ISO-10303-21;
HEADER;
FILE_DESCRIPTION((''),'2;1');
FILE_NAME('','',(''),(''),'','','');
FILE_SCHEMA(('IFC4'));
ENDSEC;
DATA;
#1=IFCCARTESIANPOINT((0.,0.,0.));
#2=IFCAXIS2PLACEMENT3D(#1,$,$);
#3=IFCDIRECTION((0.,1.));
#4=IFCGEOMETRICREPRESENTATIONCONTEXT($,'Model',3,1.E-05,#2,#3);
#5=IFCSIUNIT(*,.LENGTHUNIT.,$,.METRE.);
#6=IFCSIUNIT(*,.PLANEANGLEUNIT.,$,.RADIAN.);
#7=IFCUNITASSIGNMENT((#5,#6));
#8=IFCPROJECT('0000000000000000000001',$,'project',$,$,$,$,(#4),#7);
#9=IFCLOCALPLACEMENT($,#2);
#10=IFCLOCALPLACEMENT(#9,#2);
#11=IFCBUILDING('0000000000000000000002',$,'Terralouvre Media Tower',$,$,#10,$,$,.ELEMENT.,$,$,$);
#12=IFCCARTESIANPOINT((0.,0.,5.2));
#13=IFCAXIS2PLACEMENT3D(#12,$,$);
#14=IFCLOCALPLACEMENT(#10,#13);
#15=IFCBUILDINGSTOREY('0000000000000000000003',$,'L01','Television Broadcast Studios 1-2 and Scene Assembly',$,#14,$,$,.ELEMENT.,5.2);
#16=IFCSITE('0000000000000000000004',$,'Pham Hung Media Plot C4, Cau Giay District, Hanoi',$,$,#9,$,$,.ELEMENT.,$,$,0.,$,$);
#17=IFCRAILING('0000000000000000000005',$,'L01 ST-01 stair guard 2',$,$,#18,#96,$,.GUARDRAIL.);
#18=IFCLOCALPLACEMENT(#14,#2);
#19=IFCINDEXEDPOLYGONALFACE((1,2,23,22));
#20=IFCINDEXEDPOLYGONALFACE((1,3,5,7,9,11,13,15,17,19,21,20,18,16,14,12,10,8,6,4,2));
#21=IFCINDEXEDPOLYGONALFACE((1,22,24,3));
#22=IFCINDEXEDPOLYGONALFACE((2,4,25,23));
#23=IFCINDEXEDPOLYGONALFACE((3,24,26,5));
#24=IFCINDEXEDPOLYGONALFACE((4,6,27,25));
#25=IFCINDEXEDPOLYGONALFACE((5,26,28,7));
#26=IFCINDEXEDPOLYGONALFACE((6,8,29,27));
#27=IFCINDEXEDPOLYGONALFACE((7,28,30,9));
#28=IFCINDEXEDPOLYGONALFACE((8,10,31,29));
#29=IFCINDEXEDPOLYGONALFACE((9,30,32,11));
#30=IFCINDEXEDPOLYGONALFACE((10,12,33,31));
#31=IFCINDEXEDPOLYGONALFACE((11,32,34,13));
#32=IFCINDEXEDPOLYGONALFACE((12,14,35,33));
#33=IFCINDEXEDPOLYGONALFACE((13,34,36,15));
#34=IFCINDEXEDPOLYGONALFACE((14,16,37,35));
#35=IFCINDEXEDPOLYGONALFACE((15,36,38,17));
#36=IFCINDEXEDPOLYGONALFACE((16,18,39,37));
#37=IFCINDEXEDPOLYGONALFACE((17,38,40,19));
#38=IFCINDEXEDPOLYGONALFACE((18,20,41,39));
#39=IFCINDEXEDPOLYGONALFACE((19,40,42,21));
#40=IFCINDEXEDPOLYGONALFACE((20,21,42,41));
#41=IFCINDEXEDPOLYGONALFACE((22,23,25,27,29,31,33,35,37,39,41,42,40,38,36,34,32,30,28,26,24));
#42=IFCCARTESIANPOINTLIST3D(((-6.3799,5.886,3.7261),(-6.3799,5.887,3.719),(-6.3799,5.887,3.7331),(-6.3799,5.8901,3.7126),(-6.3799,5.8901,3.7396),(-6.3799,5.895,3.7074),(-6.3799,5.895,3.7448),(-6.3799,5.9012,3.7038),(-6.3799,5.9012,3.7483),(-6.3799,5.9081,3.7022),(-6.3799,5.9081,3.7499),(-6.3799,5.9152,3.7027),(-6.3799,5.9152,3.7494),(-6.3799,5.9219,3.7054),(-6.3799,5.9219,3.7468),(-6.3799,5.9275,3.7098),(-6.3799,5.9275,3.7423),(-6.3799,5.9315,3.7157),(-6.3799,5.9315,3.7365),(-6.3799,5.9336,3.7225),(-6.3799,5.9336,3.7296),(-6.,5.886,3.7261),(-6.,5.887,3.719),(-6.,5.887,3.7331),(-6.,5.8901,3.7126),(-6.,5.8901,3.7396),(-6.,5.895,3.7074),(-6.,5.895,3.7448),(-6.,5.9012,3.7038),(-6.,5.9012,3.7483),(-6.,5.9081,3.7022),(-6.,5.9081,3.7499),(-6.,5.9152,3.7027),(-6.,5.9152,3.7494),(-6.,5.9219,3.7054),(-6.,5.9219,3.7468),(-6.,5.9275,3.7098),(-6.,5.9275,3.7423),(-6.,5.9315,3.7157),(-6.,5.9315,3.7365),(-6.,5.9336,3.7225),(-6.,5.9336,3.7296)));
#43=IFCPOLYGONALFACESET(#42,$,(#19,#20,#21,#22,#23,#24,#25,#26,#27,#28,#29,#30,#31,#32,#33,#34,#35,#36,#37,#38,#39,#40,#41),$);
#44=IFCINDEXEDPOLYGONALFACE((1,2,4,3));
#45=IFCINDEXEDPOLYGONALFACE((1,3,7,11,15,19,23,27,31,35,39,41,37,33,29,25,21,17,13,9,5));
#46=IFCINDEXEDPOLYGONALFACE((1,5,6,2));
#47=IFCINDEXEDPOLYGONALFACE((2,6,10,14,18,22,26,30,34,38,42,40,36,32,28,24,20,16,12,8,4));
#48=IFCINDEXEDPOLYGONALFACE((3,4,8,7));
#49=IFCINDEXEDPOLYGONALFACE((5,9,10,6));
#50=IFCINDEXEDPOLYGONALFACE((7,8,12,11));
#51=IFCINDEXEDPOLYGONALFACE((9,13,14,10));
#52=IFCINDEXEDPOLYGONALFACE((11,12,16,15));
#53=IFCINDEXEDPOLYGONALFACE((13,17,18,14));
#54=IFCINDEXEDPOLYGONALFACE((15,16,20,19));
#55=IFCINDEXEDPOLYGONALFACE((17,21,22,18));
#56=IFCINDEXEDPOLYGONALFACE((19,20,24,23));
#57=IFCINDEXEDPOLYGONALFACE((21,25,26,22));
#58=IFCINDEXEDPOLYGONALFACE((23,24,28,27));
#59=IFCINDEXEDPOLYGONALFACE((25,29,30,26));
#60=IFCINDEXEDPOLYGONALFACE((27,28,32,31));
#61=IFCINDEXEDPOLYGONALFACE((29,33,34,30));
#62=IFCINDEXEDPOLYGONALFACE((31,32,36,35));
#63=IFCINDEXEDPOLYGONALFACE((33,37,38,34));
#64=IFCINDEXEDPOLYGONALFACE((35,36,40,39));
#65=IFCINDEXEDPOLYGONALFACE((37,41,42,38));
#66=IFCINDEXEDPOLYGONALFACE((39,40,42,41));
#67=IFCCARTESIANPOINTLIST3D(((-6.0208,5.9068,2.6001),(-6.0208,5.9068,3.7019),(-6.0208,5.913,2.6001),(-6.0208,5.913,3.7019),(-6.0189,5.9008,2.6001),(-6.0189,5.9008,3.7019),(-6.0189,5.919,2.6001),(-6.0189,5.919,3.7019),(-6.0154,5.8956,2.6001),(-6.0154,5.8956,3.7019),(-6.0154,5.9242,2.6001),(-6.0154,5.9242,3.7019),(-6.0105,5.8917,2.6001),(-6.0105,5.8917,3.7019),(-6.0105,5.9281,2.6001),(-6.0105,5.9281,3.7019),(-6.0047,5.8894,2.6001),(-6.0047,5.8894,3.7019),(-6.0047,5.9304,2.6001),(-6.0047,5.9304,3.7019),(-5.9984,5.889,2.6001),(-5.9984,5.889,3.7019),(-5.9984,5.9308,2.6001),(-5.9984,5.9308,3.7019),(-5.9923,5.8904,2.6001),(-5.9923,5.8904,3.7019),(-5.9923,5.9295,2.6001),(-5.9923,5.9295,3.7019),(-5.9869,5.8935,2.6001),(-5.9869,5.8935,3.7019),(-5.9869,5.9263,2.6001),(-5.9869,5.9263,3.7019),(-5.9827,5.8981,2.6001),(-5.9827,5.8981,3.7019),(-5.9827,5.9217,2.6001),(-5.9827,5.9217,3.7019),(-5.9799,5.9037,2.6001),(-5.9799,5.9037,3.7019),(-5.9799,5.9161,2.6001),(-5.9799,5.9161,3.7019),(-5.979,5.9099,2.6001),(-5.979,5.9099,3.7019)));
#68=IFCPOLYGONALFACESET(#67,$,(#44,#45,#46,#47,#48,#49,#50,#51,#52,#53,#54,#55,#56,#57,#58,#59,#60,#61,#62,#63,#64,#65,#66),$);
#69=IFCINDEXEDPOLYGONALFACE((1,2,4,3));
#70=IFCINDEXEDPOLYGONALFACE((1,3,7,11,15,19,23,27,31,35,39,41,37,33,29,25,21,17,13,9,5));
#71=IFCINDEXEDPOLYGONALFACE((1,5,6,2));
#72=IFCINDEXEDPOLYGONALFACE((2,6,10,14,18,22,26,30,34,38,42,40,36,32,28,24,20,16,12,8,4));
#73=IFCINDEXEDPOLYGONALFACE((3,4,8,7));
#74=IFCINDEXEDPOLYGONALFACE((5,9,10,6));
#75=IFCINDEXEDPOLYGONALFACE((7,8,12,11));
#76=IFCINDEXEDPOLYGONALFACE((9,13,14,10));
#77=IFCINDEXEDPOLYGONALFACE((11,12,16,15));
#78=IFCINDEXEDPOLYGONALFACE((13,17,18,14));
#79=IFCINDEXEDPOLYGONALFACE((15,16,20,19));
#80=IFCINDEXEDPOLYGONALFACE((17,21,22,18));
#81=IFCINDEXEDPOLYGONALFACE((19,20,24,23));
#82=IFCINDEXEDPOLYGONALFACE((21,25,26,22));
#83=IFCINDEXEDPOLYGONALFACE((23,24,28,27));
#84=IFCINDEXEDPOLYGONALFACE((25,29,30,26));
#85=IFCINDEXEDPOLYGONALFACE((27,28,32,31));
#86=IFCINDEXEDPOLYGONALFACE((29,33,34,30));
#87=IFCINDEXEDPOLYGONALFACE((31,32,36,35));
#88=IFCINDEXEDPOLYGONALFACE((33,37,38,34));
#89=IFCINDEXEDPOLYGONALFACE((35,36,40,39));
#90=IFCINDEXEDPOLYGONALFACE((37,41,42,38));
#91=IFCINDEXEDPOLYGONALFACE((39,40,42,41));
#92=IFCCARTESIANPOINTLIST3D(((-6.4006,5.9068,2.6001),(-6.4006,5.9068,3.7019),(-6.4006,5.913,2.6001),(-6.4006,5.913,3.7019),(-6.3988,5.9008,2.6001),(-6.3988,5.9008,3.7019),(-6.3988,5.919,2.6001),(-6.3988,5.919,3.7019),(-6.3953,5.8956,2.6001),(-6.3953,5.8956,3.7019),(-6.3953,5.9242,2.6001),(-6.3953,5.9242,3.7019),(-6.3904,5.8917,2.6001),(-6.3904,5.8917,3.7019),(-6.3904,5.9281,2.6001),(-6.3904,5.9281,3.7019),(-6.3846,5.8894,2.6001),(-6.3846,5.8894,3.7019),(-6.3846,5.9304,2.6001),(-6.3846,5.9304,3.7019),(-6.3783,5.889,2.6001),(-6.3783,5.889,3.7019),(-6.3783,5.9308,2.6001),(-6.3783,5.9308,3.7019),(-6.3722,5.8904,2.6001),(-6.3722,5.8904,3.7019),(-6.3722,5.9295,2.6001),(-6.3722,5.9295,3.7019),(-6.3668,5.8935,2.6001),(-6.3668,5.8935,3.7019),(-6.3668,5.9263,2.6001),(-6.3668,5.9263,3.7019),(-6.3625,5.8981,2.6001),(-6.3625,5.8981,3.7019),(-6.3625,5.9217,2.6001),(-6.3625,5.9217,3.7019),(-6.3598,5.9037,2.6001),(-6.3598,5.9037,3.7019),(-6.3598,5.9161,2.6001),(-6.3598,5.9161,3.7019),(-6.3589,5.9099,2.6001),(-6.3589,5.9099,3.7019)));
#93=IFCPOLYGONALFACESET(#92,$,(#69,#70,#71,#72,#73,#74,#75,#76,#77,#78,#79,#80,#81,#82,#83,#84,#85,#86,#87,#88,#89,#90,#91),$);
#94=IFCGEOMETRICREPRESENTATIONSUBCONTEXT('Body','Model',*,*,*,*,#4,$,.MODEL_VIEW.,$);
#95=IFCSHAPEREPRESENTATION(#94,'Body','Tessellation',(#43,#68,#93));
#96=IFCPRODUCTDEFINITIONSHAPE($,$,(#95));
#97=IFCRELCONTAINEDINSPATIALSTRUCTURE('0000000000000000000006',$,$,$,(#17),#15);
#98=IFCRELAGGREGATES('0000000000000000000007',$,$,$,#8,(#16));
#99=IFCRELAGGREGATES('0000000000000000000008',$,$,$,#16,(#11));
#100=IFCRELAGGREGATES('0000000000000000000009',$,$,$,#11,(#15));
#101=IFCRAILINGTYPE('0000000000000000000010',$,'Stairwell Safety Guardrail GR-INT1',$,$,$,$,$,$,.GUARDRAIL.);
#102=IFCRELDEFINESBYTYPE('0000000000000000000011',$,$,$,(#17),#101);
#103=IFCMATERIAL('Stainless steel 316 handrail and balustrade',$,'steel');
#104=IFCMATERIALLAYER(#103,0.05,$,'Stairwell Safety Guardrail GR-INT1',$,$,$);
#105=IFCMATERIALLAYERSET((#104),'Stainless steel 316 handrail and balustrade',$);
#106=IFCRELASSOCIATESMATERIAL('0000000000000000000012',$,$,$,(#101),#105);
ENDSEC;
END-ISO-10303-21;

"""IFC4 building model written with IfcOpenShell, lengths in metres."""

from ifc_helpers import new_model, si_unit, direction, frame, origin, origin_2d, place, context, subcontext, project, spatial, circle, extrude, material, layer, layer_set, type_object, element, save


model = new_model("IFC4")

# Units and contexts
model_context = context("Model", 3, precision=1e-05, world=origin(), true_north=direction((0.0, 1.0)))
body_context = subcontext(model_context, "Body", "Model", "MODEL_VIEW")
ifc_project = project(units=[si_unit("LENGTHUNIT", "METRE"), si_unit("PLANEANGLEUNIT", "RADIAN")], contexts=[model_context])

# Site, building, storey
site_placement = place(None, origin())
site = spatial("IfcSite", under=ifc_project, at=site_placement, Name="Pham Hung Media Plot C4, Cau Giay District, Hanoi", CompositionType="ELEMENT", RefElevation=0.0)
building_placement = place(site_placement, origin())
building = spatial("IfcBuilding", under=site, at=building_placement, Name="Terralouvre Media Tower", CompositionType="ELEMENT")
storey_placement = place(building_placement, frame((0.0, 0.0, 5.2)))
storey = spatial("IfcBuildingStorey", under=building, at=storey_placement, Name="L01", Description="Television Broadcast Studios 1-2 and Scene Assembly", CompositionType="ELEMENT", Elevation=5.2)

# Railing
ifc_material_1 = material(Name="Stainless steel 316 handrail and balustrade", Category="steel")
ifc_layer_1 = layer(ifc_material_1, 0.05, Name="Stairwell Safety Guardrail GR-INT1")
ifc_layer_set_1 = layer_set([ifc_layer_1], Name="Stainless steel 316 handrail and balustrade")
railing_type_1 = type_object("IfcRailingType", Name="Stairwell Safety Guardrail GR-INT1", PredefinedType="GUARDRAIL", material=ifc_layer_set_1)
railing_1_placement = place(storey_placement, frame((-6.0, 5.9099, 2.6001)))
element("IfcRailing", 1, at=railing_1_placement, inside=storey, type_object=railing_type_1, Name="L01 ST-01 stair guard 2", PredefinedType="GUARDRAIL", context=body_context, shape_type="SweptSolid", body=[
    extrude(circle(Radius=0.0239, at=origin_2d()), frame((0.0, 0.0, 1.126), z_axis=(-1.0, 0.0, 0.0), x_axis=(0.0, -1.0, 0.0)), (0.0, 0.0, 1.0), 0.3799),
    extrude(circle(Radius=0.021, at=origin_2d()), origin(), (0.0, 0.0, 1.0), 1.1018),
    extrude(circle(Radius=0.021, at=origin_2d()), frame((-0.3799, 0.0, 0.0)), (0.0, 0.0, 1.0), 1.1018),
])

save(model, "model.ifc")
